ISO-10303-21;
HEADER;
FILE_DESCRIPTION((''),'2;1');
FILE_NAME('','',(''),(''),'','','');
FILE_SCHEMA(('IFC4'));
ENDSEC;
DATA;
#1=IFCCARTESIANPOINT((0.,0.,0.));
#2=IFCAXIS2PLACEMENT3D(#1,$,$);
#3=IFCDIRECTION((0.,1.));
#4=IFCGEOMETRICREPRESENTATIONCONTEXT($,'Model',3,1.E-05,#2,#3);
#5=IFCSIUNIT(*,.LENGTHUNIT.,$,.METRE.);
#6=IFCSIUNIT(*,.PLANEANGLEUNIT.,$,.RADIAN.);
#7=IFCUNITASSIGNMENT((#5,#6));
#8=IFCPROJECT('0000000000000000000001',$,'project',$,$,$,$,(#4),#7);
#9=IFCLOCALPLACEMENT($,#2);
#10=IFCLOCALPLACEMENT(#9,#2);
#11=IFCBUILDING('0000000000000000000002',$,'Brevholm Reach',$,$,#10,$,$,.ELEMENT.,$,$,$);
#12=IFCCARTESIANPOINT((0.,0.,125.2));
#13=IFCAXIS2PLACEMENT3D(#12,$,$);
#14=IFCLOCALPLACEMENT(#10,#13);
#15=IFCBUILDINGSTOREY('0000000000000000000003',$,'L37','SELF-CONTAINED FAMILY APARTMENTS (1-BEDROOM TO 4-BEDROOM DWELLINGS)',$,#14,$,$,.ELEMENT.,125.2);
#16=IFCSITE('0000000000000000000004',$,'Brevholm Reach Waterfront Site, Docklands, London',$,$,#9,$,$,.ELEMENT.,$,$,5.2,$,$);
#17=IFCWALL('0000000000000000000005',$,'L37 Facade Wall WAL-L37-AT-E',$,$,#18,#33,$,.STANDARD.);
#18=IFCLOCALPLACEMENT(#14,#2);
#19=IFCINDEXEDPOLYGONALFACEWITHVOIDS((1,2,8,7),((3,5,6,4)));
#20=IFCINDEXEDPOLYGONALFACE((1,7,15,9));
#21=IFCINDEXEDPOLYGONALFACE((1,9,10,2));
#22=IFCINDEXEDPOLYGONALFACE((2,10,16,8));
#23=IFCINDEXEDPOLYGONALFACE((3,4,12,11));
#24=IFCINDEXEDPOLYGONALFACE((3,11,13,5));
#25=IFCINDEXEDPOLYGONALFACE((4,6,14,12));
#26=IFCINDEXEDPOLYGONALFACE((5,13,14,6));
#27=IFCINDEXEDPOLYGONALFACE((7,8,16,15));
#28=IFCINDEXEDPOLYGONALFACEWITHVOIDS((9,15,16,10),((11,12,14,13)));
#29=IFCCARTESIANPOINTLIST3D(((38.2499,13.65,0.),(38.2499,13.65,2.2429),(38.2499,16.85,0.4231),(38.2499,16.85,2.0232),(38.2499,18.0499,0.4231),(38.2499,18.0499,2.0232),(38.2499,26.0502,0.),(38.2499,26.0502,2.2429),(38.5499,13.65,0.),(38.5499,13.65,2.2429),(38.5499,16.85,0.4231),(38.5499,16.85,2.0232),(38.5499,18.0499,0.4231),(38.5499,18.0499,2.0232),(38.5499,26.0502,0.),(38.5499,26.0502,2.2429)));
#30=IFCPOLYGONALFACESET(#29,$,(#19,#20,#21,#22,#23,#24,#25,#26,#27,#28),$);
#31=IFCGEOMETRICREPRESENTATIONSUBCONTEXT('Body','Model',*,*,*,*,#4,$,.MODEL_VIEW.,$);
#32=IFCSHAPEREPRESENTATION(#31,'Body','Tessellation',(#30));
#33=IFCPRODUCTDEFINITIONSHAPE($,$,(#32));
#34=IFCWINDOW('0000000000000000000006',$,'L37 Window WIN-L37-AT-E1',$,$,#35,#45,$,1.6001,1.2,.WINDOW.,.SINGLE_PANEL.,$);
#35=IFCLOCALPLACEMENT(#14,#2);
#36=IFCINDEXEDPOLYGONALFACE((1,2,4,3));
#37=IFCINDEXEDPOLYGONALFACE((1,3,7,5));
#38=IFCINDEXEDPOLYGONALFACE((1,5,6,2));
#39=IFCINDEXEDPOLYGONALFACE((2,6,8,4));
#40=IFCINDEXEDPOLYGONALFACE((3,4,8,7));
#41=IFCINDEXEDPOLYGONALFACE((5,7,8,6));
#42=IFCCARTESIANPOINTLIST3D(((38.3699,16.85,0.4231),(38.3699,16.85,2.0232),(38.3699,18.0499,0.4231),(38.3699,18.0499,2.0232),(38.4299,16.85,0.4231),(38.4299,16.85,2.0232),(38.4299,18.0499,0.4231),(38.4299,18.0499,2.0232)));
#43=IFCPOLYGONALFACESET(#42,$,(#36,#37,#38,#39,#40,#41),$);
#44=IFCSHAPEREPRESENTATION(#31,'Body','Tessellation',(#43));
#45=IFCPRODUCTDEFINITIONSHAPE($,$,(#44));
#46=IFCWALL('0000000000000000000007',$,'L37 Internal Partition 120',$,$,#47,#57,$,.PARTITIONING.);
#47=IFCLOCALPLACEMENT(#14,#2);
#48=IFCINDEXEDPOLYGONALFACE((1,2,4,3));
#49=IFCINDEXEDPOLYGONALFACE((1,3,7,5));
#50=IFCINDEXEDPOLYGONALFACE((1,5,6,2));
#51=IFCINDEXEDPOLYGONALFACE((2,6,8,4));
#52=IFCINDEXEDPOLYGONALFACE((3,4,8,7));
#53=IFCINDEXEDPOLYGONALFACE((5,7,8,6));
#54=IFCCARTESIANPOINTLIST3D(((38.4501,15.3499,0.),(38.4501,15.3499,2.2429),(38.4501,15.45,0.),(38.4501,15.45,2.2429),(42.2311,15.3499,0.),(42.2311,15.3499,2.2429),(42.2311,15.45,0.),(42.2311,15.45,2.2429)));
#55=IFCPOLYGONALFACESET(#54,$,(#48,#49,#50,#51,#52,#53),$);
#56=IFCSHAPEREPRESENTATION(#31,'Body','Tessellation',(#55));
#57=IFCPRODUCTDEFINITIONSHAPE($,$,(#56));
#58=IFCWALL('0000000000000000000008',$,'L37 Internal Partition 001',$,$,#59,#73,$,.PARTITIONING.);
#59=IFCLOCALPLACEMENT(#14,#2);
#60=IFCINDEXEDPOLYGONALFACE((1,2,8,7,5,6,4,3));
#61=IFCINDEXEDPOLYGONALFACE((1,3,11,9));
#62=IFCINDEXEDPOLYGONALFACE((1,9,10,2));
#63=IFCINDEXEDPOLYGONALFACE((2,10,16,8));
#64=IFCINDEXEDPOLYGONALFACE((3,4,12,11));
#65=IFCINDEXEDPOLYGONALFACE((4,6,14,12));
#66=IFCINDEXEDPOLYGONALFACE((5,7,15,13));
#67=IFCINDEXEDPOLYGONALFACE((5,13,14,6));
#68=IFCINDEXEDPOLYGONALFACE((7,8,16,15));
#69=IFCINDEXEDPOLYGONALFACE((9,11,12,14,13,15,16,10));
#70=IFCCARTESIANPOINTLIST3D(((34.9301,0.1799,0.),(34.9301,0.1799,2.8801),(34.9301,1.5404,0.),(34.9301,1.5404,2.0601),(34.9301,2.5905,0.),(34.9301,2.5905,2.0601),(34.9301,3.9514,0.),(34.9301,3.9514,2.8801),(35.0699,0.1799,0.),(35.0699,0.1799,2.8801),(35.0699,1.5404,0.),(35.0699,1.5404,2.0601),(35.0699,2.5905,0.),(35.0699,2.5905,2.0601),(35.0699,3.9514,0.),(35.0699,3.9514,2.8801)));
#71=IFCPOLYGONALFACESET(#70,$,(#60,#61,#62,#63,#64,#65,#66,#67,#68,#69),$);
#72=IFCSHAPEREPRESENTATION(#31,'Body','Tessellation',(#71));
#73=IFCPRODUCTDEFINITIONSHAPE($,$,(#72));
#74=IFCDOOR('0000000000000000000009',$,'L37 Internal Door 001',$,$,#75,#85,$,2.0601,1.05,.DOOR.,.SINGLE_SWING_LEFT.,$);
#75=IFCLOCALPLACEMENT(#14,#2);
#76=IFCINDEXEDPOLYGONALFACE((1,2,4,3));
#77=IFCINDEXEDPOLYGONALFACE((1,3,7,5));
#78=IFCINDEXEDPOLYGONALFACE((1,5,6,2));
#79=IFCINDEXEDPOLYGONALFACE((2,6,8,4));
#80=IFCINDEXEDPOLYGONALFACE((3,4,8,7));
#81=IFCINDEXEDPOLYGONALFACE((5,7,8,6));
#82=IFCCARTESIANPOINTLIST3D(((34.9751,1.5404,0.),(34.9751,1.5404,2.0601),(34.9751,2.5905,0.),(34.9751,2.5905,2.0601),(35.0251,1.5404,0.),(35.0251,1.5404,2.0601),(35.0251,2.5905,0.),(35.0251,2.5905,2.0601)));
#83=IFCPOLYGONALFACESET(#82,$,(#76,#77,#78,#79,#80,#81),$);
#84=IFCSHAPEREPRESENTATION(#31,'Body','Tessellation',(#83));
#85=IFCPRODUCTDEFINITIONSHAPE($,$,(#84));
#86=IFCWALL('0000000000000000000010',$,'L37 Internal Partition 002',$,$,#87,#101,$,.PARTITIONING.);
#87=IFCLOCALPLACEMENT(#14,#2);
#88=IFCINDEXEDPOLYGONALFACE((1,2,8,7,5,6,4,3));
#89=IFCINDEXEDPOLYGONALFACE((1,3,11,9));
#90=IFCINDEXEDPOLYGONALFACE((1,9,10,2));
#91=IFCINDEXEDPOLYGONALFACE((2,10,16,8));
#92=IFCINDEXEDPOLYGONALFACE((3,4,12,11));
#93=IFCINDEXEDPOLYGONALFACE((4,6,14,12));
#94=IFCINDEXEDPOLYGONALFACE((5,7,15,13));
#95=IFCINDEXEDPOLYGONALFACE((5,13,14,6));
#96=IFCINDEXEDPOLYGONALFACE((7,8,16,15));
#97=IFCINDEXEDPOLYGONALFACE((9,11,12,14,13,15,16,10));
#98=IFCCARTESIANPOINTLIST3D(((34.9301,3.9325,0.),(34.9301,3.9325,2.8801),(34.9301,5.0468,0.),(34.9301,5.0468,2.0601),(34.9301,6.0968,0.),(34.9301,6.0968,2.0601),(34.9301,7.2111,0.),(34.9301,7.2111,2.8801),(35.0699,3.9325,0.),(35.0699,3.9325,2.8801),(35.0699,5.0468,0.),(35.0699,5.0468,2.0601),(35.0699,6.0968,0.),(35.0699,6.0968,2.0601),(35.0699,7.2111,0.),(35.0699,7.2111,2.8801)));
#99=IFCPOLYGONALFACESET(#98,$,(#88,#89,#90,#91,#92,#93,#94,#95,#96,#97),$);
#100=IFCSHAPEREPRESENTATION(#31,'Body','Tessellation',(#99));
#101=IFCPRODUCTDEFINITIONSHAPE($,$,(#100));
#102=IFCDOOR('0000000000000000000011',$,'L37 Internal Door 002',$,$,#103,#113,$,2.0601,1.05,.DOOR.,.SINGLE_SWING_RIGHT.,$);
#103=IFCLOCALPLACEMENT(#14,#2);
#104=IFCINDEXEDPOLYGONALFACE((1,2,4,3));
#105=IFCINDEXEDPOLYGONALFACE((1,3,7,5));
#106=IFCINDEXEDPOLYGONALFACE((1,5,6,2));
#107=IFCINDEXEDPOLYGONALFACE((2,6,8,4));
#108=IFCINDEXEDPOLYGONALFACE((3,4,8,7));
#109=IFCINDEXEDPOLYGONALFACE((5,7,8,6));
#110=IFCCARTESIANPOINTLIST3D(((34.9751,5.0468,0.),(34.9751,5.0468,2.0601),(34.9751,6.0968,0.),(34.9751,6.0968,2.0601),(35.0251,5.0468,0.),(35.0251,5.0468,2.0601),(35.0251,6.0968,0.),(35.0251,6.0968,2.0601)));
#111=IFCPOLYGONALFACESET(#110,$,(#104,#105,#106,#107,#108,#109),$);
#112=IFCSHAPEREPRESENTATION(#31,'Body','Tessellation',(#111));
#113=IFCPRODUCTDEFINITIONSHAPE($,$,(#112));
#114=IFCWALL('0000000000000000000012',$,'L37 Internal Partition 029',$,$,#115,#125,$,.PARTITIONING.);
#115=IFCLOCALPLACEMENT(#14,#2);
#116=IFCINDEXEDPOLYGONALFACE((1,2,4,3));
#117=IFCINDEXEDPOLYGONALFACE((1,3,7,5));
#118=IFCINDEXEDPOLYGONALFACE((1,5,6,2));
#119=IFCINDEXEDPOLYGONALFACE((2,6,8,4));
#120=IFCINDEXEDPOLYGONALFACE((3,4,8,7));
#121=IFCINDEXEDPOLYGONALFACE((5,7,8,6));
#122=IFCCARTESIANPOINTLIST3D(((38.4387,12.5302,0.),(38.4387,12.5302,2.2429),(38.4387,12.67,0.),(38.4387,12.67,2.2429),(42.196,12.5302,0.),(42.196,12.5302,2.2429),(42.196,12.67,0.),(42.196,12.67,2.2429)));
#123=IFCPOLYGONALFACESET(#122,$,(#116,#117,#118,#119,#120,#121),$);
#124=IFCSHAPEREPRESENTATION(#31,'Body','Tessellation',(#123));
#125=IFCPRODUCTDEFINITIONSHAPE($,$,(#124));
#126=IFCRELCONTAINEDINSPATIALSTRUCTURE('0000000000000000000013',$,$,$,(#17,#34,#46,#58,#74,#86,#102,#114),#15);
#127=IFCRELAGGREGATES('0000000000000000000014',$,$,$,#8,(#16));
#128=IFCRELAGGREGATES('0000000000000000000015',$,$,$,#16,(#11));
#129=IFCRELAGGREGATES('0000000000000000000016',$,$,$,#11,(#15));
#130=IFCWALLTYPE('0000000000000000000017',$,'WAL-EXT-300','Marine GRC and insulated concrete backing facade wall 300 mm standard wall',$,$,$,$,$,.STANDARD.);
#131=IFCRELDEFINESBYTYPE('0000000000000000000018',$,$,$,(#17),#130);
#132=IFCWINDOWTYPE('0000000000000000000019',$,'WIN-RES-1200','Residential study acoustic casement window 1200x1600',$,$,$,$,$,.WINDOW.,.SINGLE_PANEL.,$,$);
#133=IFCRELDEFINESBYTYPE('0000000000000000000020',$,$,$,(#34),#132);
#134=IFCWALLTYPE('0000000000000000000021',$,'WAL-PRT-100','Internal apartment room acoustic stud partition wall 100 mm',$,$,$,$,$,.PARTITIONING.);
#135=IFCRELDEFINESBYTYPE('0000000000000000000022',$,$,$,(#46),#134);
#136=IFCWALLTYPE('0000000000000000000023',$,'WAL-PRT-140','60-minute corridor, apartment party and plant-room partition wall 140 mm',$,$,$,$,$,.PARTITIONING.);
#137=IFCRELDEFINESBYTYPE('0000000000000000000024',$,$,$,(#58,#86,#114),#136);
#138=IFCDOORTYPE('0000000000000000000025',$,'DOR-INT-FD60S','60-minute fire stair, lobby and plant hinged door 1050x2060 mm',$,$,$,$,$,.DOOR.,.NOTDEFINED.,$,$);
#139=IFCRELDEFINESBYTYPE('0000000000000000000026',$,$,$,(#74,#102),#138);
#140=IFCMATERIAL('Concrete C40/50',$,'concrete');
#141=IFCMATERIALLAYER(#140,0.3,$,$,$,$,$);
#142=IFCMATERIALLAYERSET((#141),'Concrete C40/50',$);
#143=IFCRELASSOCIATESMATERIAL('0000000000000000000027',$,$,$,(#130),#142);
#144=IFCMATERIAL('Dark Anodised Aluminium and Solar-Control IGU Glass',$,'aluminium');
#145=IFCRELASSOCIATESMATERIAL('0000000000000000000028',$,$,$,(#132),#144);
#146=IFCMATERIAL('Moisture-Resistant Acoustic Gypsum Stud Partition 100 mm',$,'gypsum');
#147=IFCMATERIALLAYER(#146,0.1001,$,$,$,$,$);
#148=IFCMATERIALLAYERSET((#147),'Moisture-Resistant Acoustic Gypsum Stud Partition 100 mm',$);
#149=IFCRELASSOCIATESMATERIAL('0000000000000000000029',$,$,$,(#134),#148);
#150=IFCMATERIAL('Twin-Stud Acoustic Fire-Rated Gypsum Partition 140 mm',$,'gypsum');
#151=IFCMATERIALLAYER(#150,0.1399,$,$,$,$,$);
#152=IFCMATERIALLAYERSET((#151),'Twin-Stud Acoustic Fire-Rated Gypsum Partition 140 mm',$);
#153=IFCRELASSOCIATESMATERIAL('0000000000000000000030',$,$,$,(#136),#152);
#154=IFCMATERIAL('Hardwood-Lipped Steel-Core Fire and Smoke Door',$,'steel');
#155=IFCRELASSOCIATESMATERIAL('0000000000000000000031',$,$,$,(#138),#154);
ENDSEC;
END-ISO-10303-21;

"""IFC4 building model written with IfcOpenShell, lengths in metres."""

from ifc_helpers import new_model, si_unit, direction, frame, frame_2d, origin, place, context, subcontext, project, spatial, rectangle, extrude, material, layer, layer_set, type_object, element, fill, save


model = new_model("IFC4")

# Units and contexts
model_context = context("Model", 3, precision=1e-05, world=origin(), true_north=direction((0.0, 1.0)))
body_context = subcontext(model_context, "Body", "Model", "MODEL_VIEW")
ifc_project = project(units=[si_unit("LENGTHUNIT", "METRE"), si_unit("PLANEANGLEUNIT", "RADIAN")], contexts=[model_context])

# Site, building, storey
site_placement = place(None, origin())
site = spatial("IfcSite", under=ifc_project, at=site_placement, Name="Brevholm Reach Waterfront Site, Docklands, London", CompositionType="ELEMENT", RefElevation=5.2)
building_placement = place(site_placement, origin())
building = spatial("IfcBuilding", under=site, at=building_placement, Name="Brevholm Reach", CompositionType="ELEMENT")
storey_placement = place(building_placement, frame((0.0, 0.0, 125.2)))
storey = spatial("IfcBuildingStorey", under=building, at=storey_placement, Name="L37", Description="SELF-CONTAINED FAMILY APARTMENTS (1-BEDROOM TO 4-BEDROOM DWELLINGS)", CompositionType="ELEMENT", Elevation=125.2)

# Wall, opening, window
ifc_material_1 = material(Name="Concrete C40/50", Category="concrete")
ifc_layer_1 = layer(ifc_material_1, 0.3)
ifc_layer_set_1 = layer_set([ifc_layer_1], Name="Concrete C40/50")
wall_type_1 = type_object("IfcWallType", Name="WAL-EXT-300", Description="Marine GRC and insulated concrete backing facade wall 300 mm standard wall", PredefinedType="STANDARD", material=ifc_layer_set_1)
wall_1_placement = place(storey_placement, frame((38.3999, 13.6499, 0.0), z_axis=(0.0, 0.0, 1.0), x_axis=(0.0, 1.0, 0.0)))
wall_1 = element("IfcWall", 1, at=wall_1_placement, inside=storey, type_object=wall_type_1, Name="L37 Facade Wall WAL-L37-AT-E", PredefinedType="STANDARD", context=body_context, shape_type="SweptSolid", body=[
    extrude(rectangle(XDim=12.4001, YDim=0.3, at=frame_2d((6.2002, 0.0))), origin(), (0.0, 0.0, 1.0), 2.2429),
])
opening_1_placement = place(wall_1_placement, frame((3.2, 0.0, 0.4231)))
opening_1 = element("IfcOpeningElement", 2, at=opening_1_placement, cuts=wall_1, PredefinedType="OPENING", context=body_context, shape_type="SweptSolid", body=[
    extrude(rectangle(XDim=1.2, YDim=1.6001, at=frame_2d((0.6001, 0.8))), frame((0.0, 0.1599, 0.0), z_axis=(0.0, -1.0, 0.0), x_axis=(1.0, 0.0, 0.0)), (0.0, 0.0, 1.0), 0.3201),
])
ifc_material_2 = material(Name="Dark Anodised Aluminium and Solar-Control IGU Glass", Category="aluminium")
window_type = type_object("IfcWindowType", Name="WIN-RES-1200", Description="Residential study acoustic casement window 1200x1600", PartitioningType="SINGLE_PANEL", PredefinedType="WINDOW", material=ifc_material_2)
window_placement = place(opening_1_placement, origin())
window = element("IfcWindow", 3, at=window_placement, inside=storey, type_object=window_type, Name="L37 Window WIN-L37-AT-E1", OverallHeight=1.6001, OverallWidth=1.2, PartitioningType="SINGLE_PANEL", PredefinedType="WINDOW", context=body_context, shape_type="SweptSolid", body=[
    extrude(rectangle(XDim=1.2, YDim=1.6001, at=frame_2d((0.6001, 0.8))), frame((0.0, 0.03, 0.0), z_axis=(0.0, -1.0, 0.0), x_axis=(1.0, 0.0, 0.0)), (0.0, 0.0, 1.0), 0.0601),
])
fill(opening_1, window)

# Wall
ifc_material_3 = material(Name="Moisture-Resistant Acoustic Gypsum Stud Partition 100 mm", Category="gypsum")
ifc_layer_2 = layer(ifc_material_3, 0.1001)
ifc_layer_set_2 = layer_set([ifc_layer_2], Name="Moisture-Resistant Acoustic Gypsum Stud Partition 100 mm")
wall_type_2 = type_object("IfcWallType", Name="WAL-PRT-100", Description="Internal apartment room acoustic stud partition wall 100 mm", PredefinedType="PARTITIONING", material=ifc_layer_set_2)
wall_2_placement = place(storey_placement, frame((38.45, 15.3999, 0.0), z_axis=(0.0, 0.0, 1.0), x_axis=(1.0, 0.0, 0.0)))
element("IfcWall", 4, at=wall_2_placement, inside=storey, type_object=wall_type_2, Name="L37 Internal Partition 120", PredefinedType="PARTITIONING", context=body_context, shape_type="SweptSolid", body=[
    extrude(rectangle(XDim=3.781, YDim=0.1001, at=frame_2d((1.8906, 0.0))), origin(), (0.0, 0.0, 1.0), 2.2429),
])

# Walls, openings, doors
ifc_material_4 = material(Name="Twin-Stud Acoustic Fire-Rated Gypsum Partition 140 mm", Category="gypsum")
ifc_layer_3 = layer(ifc_material_4, 0.1399)
ifc_layer_set_3 = layer_set([ifc_layer_3], Name="Twin-Stud Acoustic Fire-Rated Gypsum Partition 140 mm")
wall_type_3 = type_object("IfcWallType", Name="WAL-PRT-140", Description="60-minute corridor, apartment party and plant-room partition wall 140 mm", PredefinedType="PARTITIONING", material=ifc_layer_set_3)
wall_3_placement = place(storey_placement, frame((35.0, 0.1799, 0.0), z_axis=(0.0, 0.0, 1.0), x_axis=(0.0, 1.0, 0.0)))
wall_3 = element("IfcWall", 5, at=wall_3_placement, inside=storey, type_object=wall_type_3, Name="L37 Internal Partition 001", PredefinedType="PARTITIONING", context=body_context, shape_type="SweptSolid", body=[
    extrude(rectangle(XDim=3.7715, YDim=0.1399, at=frame_2d((1.8857, 0.0))), origin(), (0.0, 0.0, 1.0), 2.8801),
])
opening_2_placement = place(wall_3_placement, frame((1.3606, 0.0, 0.0)))
opening_2 = element("IfcOpeningElement", 6, at=opening_2_placement, cuts=wall_3, PredefinedType="OPENING", context=body_context, shape_type="SweptSolid", body=[
    extrude(rectangle(XDim=1.05, YDim=2.0601, at=frame_2d((0.5249, 1.03))), frame((0.0, 0.0798, 0.0), z_axis=(0.0, -1.0, 0.0), x_axis=(1.0, 0.0, 0.0)), (0.0, 0.0, 1.0), 0.1599),
])
ifc_material_5 = material(Name="Hardwood-Lipped Steel-Core Fire and Smoke Door", Category="steel")
door_type_1 = type_object("IfcDoorType", Name="DOR-INT-FD60S", Description="60-minute fire stair, lobby and plant hinged door 1050x2060 mm", OperationType="NOTDEFINED", PredefinedType="DOOR", material=ifc_material_5)
door_1_placement = place(opening_2_placement, origin())
door_1 = element("IfcDoor", 7, at=door_1_placement, inside=storey, type_object=door_type_1, Name="L37 Internal Door 001", OperationType="SINGLE_SWING_LEFT", OverallHeight=2.0601, OverallWidth=1.05, PredefinedType="DOOR", context=body_context, shape_type="SweptSolid", body=[
    extrude(rectangle(XDim=1.05, YDim=2.0601, at=frame_2d((0.5249, 1.03))), frame((0.0, 0.0249, 0.0), z_axis=(0.0, -1.0, 0.0), x_axis=(1.0, 0.0, 0.0)), (0.0, 0.0, 1.0), 0.05),
])
fill(opening_2, door_1)
wall_4_placement = place(storey_placement, frame((35.0, 3.9326, 0.0), z_axis=(0.0, 0.0, 1.0), x_axis=(0.0, 1.0, 0.0)))
wall_4 = element("IfcWall", 8, at=wall_4_placement, inside=storey, type_object=wall_type_3, Name="L37 Internal Partition 002", PredefinedType="PARTITIONING", context=body_context, shape_type="SweptSolid", body=[
    extrude(rectangle(XDim=3.2786, YDim=0.1399, at=frame_2d((1.6392, 0.0))), origin(), (0.0, 0.0, 1.0), 2.8801),
])
opening_3_placement = place(wall_4_placement, frame((1.1143, 0.0, 0.0)))
opening_3 = element("IfcOpeningElement", 9, at=opening_3_placement, cuts=wall_4, PredefinedType="OPENING", context=body_context, shape_type="SweptSolid", body=[
    extrude(rectangle(XDim=1.05, YDim=2.0601, at=frame_2d((0.5249, 1.03))), frame((0.0, 0.0798, 0.0), z_axis=(0.0, -1.0, 0.0), x_axis=(1.0, 0.0, 0.0)), (0.0, 0.0, 1.0), 0.1599),
])
door_2_placement = place(opening_3_placement, origin())
door_2 = element("IfcDoor", 10, at=door_2_placement, inside=storey, type_object=door_type_1, Name="L37 Internal Door 002", OperationType="SINGLE_SWING_RIGHT", OverallHeight=2.0601, OverallWidth=1.05, PredefinedType="DOOR", context=body_context, shape_type="SweptSolid", body=[
    extrude(rectangle(XDim=1.05, YDim=2.0601, at=frame_2d((0.5249, 1.03))), frame((0.0, 0.0249, 0.0), z_axis=(0.0, -1.0, 0.0), x_axis=(1.0, 0.0, 0.0)), (0.0, 0.0, 1.0), 0.05),
])
fill(opening_3, door_2)

# Wall
wall_5_placement = place(storey_placement, frame((38.4387, 12.6001, 0.0), z_axis=(0.0, 0.0, 1.0), x_axis=(1.0, 0.0, 0.0)))
element("IfcWall", 11, at=wall_5_placement, inside=storey, type_object=wall_type_3, Name="L37 Internal Partition 029", PredefinedType="PARTITIONING", context=body_context, shape_type="SweptSolid", body=[
    extrude(rectangle(XDim=3.7573, YDim=0.1399, at=frame_2d((1.8787, 0.0))), origin(), (0.0, 0.0, 1.0), 2.2429),
])

save(model, "model.ifc")
